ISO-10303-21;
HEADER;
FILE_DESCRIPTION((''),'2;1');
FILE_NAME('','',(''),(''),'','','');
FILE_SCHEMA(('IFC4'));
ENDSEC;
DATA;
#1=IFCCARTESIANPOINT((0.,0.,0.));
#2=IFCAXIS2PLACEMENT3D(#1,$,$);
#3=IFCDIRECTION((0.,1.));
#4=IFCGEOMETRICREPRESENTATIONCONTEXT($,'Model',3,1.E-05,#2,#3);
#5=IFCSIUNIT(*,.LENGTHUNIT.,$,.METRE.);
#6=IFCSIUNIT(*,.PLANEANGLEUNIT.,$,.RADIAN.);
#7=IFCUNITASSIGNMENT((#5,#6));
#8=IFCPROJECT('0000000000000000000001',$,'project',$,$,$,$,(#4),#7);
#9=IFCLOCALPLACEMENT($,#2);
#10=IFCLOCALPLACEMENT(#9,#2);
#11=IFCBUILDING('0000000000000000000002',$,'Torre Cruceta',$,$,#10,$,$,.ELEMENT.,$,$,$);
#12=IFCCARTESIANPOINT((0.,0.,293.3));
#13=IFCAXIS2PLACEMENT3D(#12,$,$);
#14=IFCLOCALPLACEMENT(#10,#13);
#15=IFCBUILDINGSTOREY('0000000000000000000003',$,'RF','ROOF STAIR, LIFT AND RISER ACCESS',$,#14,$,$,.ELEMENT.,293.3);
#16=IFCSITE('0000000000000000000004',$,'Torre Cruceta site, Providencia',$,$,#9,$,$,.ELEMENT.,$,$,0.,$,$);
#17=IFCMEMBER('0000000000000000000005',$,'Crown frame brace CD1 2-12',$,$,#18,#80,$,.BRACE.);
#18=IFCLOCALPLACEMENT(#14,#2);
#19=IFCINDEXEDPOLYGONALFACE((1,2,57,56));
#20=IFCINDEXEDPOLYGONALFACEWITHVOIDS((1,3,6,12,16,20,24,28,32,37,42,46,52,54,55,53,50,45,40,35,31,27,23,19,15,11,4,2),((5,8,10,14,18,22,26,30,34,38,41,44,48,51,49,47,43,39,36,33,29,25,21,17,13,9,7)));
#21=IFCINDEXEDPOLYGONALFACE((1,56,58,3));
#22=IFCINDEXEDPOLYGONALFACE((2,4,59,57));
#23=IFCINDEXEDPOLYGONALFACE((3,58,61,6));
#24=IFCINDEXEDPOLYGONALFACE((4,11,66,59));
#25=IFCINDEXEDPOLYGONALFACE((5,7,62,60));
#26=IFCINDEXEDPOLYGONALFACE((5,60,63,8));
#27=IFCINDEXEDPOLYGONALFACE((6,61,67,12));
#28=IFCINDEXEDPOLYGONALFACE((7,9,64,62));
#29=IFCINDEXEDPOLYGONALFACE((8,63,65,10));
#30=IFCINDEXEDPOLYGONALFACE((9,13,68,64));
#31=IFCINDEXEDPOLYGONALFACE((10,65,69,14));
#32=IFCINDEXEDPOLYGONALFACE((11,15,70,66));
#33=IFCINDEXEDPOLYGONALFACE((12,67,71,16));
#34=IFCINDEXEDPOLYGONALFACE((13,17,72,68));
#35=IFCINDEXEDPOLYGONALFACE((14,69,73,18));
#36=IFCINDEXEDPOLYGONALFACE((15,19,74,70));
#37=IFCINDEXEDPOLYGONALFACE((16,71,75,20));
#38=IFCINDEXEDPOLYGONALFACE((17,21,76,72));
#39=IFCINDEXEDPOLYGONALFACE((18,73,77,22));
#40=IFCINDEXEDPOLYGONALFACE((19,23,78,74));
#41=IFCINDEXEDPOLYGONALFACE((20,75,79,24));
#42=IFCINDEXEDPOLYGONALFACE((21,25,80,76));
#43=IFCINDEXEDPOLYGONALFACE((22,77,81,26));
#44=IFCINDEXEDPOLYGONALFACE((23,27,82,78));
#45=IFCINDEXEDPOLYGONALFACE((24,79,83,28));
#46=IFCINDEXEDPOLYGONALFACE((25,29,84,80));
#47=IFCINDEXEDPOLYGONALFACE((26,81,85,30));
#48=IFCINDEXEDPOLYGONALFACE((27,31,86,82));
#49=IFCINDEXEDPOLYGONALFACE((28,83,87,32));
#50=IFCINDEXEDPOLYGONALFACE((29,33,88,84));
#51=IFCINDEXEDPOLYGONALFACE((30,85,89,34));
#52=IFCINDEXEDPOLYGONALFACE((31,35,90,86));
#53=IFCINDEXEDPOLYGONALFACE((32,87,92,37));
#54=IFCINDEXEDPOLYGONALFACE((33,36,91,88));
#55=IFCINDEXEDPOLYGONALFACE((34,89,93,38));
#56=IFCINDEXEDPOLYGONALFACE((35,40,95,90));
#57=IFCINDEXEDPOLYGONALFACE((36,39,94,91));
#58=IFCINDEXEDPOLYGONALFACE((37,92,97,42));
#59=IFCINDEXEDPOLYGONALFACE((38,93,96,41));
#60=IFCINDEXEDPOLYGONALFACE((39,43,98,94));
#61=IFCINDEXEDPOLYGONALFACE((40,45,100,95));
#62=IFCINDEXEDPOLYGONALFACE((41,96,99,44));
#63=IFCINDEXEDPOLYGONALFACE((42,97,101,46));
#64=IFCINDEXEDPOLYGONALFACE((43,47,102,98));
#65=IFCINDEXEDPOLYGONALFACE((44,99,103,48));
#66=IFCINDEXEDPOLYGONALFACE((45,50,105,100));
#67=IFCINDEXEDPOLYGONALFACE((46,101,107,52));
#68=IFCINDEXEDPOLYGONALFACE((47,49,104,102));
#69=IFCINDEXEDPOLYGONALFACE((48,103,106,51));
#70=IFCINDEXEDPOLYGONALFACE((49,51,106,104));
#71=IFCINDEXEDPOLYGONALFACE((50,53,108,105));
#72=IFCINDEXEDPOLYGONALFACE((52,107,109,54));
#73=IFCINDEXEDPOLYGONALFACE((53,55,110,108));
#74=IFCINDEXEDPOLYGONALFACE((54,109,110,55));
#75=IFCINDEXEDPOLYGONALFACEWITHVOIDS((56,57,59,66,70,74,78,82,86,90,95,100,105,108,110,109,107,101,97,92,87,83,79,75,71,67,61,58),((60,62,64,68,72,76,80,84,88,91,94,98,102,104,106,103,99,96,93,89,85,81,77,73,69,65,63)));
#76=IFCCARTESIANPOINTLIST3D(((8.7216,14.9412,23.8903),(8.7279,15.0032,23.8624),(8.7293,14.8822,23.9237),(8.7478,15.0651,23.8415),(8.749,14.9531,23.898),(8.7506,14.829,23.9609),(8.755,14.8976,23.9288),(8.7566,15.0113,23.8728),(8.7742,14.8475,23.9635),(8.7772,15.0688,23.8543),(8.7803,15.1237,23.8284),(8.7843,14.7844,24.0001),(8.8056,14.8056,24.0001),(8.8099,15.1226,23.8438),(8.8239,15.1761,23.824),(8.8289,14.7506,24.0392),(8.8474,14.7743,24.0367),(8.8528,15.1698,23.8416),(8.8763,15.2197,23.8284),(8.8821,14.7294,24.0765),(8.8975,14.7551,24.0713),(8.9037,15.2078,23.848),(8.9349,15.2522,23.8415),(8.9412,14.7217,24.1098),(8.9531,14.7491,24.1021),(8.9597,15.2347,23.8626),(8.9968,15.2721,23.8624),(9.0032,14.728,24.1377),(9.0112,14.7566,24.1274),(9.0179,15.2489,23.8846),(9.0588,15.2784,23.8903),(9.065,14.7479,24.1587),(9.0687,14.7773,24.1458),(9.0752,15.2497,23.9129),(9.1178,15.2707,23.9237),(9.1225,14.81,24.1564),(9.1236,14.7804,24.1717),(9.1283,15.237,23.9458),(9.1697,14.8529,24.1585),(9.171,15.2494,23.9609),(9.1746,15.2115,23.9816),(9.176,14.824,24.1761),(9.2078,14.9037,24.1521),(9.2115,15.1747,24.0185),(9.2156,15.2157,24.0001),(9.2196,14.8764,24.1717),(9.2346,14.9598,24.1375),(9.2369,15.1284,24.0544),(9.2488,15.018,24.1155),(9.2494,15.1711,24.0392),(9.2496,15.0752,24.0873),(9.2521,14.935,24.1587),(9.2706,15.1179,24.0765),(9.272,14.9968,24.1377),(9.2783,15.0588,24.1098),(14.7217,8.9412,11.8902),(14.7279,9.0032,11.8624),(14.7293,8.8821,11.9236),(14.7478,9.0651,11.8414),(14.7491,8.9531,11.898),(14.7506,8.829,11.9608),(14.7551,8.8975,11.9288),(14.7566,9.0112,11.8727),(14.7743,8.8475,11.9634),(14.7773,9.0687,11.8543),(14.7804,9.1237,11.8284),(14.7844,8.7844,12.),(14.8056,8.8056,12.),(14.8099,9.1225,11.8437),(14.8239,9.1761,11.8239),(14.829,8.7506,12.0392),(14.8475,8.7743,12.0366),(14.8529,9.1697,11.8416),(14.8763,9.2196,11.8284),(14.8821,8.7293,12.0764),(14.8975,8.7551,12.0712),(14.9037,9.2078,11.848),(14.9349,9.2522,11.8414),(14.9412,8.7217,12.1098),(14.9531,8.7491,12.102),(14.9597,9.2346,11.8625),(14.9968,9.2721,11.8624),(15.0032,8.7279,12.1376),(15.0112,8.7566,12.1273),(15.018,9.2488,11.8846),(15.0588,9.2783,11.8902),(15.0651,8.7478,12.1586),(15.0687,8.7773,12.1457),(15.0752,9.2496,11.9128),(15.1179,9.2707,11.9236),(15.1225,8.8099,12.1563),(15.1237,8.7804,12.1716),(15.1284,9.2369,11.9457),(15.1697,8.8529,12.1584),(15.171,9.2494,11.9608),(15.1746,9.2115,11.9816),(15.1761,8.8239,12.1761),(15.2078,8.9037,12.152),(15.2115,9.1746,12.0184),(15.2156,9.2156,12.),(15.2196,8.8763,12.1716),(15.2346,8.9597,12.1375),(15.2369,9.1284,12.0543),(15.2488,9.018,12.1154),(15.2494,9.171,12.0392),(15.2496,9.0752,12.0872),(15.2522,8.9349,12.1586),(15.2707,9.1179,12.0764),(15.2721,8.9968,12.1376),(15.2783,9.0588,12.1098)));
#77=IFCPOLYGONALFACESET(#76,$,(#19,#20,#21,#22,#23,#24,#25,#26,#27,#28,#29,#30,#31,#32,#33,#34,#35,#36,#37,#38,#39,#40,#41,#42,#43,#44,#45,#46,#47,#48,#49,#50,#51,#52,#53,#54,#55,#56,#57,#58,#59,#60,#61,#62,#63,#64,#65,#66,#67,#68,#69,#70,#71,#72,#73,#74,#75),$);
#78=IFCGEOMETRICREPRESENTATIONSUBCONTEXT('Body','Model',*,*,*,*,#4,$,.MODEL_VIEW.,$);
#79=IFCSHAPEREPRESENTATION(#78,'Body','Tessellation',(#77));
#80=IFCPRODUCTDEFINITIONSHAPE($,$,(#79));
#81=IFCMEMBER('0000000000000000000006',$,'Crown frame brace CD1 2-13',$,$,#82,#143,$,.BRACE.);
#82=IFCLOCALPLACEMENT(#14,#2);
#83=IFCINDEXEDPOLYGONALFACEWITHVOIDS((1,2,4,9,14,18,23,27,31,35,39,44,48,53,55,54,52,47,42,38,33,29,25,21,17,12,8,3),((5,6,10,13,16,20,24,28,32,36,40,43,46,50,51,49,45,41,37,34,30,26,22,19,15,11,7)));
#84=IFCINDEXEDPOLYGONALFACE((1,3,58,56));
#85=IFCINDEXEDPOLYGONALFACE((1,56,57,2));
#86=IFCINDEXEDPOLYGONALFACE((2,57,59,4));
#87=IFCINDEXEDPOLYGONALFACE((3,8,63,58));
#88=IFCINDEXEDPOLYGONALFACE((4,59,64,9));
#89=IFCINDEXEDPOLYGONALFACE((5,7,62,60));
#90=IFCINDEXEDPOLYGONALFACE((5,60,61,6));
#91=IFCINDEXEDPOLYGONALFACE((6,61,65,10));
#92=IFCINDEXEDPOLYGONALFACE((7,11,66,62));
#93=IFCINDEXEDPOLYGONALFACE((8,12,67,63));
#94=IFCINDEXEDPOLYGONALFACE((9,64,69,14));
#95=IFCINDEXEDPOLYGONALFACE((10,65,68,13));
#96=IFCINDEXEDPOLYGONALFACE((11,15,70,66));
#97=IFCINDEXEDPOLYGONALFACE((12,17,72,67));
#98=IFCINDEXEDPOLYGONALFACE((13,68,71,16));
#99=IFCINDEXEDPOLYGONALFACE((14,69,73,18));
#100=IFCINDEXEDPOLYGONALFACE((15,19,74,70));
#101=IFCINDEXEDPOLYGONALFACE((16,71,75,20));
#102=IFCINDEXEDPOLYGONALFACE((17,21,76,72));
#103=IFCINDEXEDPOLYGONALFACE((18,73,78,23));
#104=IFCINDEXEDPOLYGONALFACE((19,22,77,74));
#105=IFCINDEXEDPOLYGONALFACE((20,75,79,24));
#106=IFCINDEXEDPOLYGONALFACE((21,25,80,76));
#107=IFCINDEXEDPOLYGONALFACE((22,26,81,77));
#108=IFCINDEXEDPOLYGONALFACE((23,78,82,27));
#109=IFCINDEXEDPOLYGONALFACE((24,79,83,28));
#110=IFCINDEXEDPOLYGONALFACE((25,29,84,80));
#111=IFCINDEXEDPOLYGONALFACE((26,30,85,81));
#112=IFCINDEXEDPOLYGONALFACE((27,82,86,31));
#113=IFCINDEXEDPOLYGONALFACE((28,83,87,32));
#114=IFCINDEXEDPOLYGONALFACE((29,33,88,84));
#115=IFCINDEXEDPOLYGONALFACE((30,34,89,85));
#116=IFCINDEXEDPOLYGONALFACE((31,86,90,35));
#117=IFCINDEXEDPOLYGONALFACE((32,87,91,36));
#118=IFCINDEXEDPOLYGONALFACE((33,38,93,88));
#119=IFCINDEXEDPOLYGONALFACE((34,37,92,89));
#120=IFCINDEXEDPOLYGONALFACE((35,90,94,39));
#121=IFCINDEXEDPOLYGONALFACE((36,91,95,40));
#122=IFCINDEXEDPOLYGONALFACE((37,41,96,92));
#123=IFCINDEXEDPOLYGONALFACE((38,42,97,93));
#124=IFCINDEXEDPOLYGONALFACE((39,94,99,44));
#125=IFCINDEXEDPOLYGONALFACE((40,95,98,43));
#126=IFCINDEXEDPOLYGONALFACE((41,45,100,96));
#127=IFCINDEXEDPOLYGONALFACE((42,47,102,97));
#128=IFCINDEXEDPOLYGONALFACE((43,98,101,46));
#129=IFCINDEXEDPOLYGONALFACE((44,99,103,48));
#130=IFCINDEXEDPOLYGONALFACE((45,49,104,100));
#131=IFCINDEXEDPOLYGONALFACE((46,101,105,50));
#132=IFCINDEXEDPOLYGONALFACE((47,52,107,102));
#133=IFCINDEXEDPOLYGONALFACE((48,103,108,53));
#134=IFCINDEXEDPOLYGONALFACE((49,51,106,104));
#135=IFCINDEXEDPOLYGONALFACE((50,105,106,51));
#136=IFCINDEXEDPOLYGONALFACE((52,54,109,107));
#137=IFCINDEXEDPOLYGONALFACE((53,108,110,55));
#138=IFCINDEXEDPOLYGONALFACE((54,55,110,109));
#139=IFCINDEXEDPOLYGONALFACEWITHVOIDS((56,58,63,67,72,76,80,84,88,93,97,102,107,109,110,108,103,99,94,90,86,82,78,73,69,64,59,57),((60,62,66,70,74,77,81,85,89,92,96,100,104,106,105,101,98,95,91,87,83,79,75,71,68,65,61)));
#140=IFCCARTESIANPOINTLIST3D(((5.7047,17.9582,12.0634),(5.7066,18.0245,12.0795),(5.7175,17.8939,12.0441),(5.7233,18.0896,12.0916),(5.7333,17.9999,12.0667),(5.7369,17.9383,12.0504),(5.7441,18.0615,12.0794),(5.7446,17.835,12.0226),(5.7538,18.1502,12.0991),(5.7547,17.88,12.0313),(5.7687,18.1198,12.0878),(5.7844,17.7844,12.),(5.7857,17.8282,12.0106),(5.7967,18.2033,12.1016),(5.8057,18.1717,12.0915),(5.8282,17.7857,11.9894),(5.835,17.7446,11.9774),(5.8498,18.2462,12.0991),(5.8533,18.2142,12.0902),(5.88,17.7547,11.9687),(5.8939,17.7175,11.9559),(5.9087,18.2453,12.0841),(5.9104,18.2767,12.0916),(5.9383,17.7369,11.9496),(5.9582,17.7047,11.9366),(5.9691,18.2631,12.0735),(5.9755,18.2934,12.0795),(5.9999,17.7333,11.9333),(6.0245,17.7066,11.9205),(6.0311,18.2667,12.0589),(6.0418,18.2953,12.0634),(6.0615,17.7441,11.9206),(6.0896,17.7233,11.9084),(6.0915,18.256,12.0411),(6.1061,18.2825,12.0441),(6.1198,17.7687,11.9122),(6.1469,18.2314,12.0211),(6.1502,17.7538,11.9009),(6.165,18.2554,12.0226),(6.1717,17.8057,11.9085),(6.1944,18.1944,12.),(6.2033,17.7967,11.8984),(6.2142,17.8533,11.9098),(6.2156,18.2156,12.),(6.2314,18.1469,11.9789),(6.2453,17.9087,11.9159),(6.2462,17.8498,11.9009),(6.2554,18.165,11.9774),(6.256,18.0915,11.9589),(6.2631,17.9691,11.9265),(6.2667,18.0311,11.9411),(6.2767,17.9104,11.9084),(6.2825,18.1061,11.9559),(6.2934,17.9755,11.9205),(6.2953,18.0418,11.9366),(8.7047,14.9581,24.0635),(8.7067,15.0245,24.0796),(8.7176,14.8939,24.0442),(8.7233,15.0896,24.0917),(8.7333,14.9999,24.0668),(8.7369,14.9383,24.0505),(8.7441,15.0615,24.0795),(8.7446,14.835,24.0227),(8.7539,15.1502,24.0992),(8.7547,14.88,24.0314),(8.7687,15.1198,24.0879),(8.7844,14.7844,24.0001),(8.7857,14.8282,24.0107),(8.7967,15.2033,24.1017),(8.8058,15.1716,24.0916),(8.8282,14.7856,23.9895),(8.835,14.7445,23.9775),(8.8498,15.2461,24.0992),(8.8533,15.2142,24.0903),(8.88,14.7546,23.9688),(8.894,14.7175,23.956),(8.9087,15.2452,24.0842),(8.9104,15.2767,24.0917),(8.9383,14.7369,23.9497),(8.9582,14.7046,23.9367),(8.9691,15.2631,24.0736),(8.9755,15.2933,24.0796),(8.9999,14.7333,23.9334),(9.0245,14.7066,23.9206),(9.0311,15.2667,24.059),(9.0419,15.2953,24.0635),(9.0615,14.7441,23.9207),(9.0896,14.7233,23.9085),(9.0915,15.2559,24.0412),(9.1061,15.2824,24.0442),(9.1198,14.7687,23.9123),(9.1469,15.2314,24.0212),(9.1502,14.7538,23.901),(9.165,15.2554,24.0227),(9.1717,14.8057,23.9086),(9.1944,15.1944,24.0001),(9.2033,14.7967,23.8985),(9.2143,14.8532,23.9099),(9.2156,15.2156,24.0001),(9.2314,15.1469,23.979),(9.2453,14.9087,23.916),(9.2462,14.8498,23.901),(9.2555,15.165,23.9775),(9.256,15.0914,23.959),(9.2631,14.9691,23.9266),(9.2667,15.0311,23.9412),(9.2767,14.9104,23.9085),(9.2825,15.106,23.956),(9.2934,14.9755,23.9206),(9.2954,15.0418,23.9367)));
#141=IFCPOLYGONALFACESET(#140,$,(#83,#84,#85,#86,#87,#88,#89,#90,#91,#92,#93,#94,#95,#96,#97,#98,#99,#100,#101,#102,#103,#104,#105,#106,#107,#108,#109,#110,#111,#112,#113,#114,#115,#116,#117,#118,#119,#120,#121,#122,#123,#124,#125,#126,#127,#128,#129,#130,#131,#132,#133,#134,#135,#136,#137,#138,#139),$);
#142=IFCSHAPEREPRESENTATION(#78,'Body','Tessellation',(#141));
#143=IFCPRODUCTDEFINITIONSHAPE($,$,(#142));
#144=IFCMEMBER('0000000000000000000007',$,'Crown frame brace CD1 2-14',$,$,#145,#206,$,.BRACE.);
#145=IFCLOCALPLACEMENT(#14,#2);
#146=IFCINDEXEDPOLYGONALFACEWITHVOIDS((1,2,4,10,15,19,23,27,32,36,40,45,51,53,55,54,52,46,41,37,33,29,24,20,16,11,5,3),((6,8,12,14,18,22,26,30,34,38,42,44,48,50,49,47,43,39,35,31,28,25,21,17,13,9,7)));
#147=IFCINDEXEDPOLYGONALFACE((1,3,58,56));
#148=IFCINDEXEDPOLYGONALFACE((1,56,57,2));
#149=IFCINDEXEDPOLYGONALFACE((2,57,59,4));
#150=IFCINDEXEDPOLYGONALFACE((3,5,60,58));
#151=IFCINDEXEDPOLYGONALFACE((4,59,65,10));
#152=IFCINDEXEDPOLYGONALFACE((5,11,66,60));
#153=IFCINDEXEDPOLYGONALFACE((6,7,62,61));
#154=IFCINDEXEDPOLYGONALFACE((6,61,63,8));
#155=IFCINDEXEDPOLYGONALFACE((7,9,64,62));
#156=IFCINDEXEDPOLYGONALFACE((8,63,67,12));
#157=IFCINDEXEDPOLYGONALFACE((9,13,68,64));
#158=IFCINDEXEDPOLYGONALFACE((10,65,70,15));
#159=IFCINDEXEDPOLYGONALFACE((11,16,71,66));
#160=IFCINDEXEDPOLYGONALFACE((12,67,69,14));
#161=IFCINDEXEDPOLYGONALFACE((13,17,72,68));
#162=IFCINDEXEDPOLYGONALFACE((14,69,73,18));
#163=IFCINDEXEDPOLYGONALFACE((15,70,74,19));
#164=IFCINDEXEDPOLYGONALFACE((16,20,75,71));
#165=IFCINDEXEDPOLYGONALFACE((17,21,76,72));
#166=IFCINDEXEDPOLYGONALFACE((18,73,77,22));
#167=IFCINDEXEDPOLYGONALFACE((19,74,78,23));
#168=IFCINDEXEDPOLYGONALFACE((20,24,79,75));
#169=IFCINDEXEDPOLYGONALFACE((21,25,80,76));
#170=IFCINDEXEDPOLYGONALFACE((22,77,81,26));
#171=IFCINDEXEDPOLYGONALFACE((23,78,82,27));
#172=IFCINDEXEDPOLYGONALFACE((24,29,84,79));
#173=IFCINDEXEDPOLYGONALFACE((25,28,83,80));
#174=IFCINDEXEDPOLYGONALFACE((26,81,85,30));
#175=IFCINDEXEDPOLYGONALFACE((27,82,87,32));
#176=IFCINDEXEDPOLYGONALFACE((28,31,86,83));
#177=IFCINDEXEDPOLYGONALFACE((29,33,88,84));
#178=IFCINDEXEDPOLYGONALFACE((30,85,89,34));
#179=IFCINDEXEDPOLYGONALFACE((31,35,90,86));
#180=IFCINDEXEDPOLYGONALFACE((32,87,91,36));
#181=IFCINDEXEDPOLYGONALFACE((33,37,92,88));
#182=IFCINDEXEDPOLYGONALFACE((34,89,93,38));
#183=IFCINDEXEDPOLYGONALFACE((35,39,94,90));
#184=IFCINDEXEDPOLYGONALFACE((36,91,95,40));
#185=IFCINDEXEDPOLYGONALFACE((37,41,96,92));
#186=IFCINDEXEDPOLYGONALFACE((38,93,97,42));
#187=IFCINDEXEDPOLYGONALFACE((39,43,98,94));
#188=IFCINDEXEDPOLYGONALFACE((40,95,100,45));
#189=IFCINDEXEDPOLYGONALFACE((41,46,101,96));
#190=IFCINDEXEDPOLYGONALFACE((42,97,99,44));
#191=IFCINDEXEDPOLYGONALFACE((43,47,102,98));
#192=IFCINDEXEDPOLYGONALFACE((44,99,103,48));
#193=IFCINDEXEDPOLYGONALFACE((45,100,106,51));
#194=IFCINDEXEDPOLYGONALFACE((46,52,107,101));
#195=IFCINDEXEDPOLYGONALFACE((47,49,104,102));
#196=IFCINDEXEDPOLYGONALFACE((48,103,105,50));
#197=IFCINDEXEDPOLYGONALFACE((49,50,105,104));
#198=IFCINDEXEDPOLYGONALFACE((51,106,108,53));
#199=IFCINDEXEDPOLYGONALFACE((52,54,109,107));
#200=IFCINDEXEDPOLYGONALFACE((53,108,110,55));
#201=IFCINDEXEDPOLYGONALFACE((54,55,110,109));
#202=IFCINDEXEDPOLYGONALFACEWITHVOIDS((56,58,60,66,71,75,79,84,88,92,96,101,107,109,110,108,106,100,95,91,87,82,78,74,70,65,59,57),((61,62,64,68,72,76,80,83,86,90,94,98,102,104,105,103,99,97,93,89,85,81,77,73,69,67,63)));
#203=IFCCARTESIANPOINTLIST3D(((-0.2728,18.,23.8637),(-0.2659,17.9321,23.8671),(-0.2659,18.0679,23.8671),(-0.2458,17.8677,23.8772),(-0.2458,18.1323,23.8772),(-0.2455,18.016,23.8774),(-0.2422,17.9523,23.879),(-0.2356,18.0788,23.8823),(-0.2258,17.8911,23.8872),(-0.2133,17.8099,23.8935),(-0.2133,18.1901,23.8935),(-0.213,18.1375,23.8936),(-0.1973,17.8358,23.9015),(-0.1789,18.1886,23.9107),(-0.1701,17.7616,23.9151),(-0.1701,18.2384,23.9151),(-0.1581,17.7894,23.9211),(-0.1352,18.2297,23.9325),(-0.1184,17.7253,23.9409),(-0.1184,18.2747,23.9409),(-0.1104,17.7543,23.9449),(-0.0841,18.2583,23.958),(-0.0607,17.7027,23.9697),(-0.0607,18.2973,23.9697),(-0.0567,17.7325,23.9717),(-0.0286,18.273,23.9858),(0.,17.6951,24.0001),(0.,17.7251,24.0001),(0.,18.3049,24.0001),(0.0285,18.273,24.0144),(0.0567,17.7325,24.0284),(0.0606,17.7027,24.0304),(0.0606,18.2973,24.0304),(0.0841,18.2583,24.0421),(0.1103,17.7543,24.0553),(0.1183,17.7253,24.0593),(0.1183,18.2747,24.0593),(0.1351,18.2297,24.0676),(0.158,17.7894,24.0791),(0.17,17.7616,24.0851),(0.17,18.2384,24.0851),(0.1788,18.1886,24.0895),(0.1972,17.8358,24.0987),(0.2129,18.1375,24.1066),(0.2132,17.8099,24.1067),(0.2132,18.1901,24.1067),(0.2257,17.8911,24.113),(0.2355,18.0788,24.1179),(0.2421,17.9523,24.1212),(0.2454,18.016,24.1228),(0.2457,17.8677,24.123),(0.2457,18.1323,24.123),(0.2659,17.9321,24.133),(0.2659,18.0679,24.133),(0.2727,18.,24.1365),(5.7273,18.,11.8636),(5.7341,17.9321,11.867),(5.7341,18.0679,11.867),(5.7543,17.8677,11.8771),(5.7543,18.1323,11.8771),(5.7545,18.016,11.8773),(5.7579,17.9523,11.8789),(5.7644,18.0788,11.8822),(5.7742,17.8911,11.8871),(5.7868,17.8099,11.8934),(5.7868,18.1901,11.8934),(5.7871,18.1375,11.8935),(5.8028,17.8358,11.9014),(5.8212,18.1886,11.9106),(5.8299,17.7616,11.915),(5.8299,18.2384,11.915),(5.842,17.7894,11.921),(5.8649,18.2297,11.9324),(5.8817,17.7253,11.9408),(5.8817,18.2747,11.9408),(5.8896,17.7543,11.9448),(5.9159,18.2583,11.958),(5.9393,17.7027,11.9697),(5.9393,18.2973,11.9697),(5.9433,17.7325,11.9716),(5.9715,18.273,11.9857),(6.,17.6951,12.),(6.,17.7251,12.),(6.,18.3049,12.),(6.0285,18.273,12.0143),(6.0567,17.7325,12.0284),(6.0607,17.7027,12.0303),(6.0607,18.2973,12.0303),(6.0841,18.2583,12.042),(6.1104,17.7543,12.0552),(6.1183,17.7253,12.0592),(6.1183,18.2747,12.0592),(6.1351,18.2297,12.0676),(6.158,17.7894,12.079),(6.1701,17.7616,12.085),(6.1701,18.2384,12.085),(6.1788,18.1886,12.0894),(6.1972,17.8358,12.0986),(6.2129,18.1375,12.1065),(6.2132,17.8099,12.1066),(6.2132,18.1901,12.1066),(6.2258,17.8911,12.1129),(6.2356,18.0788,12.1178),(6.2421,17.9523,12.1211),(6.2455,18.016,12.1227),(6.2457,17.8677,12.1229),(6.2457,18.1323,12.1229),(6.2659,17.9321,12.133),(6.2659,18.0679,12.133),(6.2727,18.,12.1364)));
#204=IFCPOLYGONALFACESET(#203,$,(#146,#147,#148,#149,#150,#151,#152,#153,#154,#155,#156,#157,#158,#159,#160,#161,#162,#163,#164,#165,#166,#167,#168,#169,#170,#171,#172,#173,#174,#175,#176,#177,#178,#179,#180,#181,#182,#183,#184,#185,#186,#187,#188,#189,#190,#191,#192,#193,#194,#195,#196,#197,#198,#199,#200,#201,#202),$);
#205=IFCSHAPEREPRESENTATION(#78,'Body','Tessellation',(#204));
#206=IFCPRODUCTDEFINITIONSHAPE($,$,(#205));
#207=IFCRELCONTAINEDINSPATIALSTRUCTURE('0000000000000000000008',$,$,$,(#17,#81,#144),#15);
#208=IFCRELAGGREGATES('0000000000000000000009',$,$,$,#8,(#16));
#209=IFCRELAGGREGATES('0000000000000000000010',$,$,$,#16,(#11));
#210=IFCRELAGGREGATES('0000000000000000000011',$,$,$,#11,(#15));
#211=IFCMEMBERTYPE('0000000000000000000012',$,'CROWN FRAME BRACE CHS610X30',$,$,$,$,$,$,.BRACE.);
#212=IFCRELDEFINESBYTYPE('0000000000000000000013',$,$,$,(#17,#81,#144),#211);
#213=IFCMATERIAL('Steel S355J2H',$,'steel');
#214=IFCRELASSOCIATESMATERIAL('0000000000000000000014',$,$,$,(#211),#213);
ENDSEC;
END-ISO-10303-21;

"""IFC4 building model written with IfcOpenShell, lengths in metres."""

from ifc_helpers import new_model, si_unit, direction, frame, origin, origin_2d, place, context, subcontext, project, spatial, hollow_circle, extrude, material, material_profile, profile_set, type_object, element, save


model = new_model("IFC4")

# Units and contexts
model_context = context("Model", 3, precision=1e-05, world=origin(), true_north=direction((0.0, 1.0)))
body_context = subcontext(model_context, "Body", "Model", "MODEL_VIEW")
ifc_project = project(units=[si_unit("LENGTHUNIT", "METRE"), si_unit("PLANEANGLEUNIT", "RADIAN")], contexts=[model_context])

# Site, building, storey
site_placement = place(None, origin())
site = spatial("IfcSite", under=ifc_project, at=site_placement, Name="Torre Cruceta site, Providencia", CompositionType="ELEMENT", RefElevation=0.0)
building_placement = place(site_placement, origin())
building = spatial("IfcBuilding", under=site, at=building_placement, Name="Torre Cruceta", CompositionType="ELEMENT")
storey_placement = place(building_placement, frame((0.0, 0.0, 293.3)))
storey = spatial("IfcBuildingStorey", under=building, at=storey_placement, Name="RF", Description="ROOF STAIR, LIFT AND RISER ACCESS", CompositionType="ELEMENT", Elevation=293.3)

# Members
ifc_material_1 = material(Name="Steel S355J2H", Category="steel")
ifc_material_profile_1 = material_profile(ifc_material_1, hollow_circle(Radius=0.3049, WallThickness=0.03, at=origin_2d()), Name="CHS610X30")
ifc_profile_set_1 = profile_set([ifc_material_profile_1], Name="Steel S355J2H")
member_type_1 = type_object("IfcMemberType", Name="CROWN FRAME BRACE CHS610X30", PredefinedType="BRACE", material=ifc_profile_set_1)
member_1_placement = place(storey_placement, frame((15.0, 9.0, 12.0), z_axis=(-0.408248, 0.408248, 0.816497), x_axis=(-0.707107, -0.707107, 0.0)))
element("IfcMember", 1, at=member_1_placement, inside=storey, type_object=member_type_1, Name="Crown frame brace CD1 2-12", PredefinedType="BRACE", context=body_context, shape_type="SweptSolid", body=[
    extrude(hollow_circle(Radius=0.3049, WallThickness=0.03, at=origin_2d()), origin(), (0.0, 0.0, 1.0), 14.697),
])
member_2_placement = place(storey_placement, frame((6.0, 18.0, 12.0), z_axis=(0.235702, -0.235702, 0.942809), x_axis=(0.707107, 0.707107, 0.0)))
element("IfcMember", 2, at=member_2_placement, inside=storey, type_object=member_type_1, Name="Crown frame brace CD1 2-13", PredefinedType="BRACE", context=body_context, shape_type="SweptSolid", body=[
    extrude(hollow_circle(Radius=0.3049, WallThickness=0.03, at=origin_2d()), origin(), (0.0, 0.0, 1.0), 12.728),
])
member_3_placement = place(storey_placement, frame((6.0, 18.0, 12.0), z_axis=(-0.447214, 0.0, 0.894427), x_axis=(0.0, -1.0, 0.0)))
element("IfcMember", 3, at=member_3_placement, inside=storey, type_object=member_type_1, Name="Crown frame brace CD1 2-14", PredefinedType="BRACE", context=body_context, shape_type="SweptSolid", body=[
    extrude(hollow_circle(Radius=0.3049, WallThickness=0.03, at=origin_2d()), origin(), (0.0, 0.0, 1.0), 13.4165),
])

save(model, "model.ifc")
